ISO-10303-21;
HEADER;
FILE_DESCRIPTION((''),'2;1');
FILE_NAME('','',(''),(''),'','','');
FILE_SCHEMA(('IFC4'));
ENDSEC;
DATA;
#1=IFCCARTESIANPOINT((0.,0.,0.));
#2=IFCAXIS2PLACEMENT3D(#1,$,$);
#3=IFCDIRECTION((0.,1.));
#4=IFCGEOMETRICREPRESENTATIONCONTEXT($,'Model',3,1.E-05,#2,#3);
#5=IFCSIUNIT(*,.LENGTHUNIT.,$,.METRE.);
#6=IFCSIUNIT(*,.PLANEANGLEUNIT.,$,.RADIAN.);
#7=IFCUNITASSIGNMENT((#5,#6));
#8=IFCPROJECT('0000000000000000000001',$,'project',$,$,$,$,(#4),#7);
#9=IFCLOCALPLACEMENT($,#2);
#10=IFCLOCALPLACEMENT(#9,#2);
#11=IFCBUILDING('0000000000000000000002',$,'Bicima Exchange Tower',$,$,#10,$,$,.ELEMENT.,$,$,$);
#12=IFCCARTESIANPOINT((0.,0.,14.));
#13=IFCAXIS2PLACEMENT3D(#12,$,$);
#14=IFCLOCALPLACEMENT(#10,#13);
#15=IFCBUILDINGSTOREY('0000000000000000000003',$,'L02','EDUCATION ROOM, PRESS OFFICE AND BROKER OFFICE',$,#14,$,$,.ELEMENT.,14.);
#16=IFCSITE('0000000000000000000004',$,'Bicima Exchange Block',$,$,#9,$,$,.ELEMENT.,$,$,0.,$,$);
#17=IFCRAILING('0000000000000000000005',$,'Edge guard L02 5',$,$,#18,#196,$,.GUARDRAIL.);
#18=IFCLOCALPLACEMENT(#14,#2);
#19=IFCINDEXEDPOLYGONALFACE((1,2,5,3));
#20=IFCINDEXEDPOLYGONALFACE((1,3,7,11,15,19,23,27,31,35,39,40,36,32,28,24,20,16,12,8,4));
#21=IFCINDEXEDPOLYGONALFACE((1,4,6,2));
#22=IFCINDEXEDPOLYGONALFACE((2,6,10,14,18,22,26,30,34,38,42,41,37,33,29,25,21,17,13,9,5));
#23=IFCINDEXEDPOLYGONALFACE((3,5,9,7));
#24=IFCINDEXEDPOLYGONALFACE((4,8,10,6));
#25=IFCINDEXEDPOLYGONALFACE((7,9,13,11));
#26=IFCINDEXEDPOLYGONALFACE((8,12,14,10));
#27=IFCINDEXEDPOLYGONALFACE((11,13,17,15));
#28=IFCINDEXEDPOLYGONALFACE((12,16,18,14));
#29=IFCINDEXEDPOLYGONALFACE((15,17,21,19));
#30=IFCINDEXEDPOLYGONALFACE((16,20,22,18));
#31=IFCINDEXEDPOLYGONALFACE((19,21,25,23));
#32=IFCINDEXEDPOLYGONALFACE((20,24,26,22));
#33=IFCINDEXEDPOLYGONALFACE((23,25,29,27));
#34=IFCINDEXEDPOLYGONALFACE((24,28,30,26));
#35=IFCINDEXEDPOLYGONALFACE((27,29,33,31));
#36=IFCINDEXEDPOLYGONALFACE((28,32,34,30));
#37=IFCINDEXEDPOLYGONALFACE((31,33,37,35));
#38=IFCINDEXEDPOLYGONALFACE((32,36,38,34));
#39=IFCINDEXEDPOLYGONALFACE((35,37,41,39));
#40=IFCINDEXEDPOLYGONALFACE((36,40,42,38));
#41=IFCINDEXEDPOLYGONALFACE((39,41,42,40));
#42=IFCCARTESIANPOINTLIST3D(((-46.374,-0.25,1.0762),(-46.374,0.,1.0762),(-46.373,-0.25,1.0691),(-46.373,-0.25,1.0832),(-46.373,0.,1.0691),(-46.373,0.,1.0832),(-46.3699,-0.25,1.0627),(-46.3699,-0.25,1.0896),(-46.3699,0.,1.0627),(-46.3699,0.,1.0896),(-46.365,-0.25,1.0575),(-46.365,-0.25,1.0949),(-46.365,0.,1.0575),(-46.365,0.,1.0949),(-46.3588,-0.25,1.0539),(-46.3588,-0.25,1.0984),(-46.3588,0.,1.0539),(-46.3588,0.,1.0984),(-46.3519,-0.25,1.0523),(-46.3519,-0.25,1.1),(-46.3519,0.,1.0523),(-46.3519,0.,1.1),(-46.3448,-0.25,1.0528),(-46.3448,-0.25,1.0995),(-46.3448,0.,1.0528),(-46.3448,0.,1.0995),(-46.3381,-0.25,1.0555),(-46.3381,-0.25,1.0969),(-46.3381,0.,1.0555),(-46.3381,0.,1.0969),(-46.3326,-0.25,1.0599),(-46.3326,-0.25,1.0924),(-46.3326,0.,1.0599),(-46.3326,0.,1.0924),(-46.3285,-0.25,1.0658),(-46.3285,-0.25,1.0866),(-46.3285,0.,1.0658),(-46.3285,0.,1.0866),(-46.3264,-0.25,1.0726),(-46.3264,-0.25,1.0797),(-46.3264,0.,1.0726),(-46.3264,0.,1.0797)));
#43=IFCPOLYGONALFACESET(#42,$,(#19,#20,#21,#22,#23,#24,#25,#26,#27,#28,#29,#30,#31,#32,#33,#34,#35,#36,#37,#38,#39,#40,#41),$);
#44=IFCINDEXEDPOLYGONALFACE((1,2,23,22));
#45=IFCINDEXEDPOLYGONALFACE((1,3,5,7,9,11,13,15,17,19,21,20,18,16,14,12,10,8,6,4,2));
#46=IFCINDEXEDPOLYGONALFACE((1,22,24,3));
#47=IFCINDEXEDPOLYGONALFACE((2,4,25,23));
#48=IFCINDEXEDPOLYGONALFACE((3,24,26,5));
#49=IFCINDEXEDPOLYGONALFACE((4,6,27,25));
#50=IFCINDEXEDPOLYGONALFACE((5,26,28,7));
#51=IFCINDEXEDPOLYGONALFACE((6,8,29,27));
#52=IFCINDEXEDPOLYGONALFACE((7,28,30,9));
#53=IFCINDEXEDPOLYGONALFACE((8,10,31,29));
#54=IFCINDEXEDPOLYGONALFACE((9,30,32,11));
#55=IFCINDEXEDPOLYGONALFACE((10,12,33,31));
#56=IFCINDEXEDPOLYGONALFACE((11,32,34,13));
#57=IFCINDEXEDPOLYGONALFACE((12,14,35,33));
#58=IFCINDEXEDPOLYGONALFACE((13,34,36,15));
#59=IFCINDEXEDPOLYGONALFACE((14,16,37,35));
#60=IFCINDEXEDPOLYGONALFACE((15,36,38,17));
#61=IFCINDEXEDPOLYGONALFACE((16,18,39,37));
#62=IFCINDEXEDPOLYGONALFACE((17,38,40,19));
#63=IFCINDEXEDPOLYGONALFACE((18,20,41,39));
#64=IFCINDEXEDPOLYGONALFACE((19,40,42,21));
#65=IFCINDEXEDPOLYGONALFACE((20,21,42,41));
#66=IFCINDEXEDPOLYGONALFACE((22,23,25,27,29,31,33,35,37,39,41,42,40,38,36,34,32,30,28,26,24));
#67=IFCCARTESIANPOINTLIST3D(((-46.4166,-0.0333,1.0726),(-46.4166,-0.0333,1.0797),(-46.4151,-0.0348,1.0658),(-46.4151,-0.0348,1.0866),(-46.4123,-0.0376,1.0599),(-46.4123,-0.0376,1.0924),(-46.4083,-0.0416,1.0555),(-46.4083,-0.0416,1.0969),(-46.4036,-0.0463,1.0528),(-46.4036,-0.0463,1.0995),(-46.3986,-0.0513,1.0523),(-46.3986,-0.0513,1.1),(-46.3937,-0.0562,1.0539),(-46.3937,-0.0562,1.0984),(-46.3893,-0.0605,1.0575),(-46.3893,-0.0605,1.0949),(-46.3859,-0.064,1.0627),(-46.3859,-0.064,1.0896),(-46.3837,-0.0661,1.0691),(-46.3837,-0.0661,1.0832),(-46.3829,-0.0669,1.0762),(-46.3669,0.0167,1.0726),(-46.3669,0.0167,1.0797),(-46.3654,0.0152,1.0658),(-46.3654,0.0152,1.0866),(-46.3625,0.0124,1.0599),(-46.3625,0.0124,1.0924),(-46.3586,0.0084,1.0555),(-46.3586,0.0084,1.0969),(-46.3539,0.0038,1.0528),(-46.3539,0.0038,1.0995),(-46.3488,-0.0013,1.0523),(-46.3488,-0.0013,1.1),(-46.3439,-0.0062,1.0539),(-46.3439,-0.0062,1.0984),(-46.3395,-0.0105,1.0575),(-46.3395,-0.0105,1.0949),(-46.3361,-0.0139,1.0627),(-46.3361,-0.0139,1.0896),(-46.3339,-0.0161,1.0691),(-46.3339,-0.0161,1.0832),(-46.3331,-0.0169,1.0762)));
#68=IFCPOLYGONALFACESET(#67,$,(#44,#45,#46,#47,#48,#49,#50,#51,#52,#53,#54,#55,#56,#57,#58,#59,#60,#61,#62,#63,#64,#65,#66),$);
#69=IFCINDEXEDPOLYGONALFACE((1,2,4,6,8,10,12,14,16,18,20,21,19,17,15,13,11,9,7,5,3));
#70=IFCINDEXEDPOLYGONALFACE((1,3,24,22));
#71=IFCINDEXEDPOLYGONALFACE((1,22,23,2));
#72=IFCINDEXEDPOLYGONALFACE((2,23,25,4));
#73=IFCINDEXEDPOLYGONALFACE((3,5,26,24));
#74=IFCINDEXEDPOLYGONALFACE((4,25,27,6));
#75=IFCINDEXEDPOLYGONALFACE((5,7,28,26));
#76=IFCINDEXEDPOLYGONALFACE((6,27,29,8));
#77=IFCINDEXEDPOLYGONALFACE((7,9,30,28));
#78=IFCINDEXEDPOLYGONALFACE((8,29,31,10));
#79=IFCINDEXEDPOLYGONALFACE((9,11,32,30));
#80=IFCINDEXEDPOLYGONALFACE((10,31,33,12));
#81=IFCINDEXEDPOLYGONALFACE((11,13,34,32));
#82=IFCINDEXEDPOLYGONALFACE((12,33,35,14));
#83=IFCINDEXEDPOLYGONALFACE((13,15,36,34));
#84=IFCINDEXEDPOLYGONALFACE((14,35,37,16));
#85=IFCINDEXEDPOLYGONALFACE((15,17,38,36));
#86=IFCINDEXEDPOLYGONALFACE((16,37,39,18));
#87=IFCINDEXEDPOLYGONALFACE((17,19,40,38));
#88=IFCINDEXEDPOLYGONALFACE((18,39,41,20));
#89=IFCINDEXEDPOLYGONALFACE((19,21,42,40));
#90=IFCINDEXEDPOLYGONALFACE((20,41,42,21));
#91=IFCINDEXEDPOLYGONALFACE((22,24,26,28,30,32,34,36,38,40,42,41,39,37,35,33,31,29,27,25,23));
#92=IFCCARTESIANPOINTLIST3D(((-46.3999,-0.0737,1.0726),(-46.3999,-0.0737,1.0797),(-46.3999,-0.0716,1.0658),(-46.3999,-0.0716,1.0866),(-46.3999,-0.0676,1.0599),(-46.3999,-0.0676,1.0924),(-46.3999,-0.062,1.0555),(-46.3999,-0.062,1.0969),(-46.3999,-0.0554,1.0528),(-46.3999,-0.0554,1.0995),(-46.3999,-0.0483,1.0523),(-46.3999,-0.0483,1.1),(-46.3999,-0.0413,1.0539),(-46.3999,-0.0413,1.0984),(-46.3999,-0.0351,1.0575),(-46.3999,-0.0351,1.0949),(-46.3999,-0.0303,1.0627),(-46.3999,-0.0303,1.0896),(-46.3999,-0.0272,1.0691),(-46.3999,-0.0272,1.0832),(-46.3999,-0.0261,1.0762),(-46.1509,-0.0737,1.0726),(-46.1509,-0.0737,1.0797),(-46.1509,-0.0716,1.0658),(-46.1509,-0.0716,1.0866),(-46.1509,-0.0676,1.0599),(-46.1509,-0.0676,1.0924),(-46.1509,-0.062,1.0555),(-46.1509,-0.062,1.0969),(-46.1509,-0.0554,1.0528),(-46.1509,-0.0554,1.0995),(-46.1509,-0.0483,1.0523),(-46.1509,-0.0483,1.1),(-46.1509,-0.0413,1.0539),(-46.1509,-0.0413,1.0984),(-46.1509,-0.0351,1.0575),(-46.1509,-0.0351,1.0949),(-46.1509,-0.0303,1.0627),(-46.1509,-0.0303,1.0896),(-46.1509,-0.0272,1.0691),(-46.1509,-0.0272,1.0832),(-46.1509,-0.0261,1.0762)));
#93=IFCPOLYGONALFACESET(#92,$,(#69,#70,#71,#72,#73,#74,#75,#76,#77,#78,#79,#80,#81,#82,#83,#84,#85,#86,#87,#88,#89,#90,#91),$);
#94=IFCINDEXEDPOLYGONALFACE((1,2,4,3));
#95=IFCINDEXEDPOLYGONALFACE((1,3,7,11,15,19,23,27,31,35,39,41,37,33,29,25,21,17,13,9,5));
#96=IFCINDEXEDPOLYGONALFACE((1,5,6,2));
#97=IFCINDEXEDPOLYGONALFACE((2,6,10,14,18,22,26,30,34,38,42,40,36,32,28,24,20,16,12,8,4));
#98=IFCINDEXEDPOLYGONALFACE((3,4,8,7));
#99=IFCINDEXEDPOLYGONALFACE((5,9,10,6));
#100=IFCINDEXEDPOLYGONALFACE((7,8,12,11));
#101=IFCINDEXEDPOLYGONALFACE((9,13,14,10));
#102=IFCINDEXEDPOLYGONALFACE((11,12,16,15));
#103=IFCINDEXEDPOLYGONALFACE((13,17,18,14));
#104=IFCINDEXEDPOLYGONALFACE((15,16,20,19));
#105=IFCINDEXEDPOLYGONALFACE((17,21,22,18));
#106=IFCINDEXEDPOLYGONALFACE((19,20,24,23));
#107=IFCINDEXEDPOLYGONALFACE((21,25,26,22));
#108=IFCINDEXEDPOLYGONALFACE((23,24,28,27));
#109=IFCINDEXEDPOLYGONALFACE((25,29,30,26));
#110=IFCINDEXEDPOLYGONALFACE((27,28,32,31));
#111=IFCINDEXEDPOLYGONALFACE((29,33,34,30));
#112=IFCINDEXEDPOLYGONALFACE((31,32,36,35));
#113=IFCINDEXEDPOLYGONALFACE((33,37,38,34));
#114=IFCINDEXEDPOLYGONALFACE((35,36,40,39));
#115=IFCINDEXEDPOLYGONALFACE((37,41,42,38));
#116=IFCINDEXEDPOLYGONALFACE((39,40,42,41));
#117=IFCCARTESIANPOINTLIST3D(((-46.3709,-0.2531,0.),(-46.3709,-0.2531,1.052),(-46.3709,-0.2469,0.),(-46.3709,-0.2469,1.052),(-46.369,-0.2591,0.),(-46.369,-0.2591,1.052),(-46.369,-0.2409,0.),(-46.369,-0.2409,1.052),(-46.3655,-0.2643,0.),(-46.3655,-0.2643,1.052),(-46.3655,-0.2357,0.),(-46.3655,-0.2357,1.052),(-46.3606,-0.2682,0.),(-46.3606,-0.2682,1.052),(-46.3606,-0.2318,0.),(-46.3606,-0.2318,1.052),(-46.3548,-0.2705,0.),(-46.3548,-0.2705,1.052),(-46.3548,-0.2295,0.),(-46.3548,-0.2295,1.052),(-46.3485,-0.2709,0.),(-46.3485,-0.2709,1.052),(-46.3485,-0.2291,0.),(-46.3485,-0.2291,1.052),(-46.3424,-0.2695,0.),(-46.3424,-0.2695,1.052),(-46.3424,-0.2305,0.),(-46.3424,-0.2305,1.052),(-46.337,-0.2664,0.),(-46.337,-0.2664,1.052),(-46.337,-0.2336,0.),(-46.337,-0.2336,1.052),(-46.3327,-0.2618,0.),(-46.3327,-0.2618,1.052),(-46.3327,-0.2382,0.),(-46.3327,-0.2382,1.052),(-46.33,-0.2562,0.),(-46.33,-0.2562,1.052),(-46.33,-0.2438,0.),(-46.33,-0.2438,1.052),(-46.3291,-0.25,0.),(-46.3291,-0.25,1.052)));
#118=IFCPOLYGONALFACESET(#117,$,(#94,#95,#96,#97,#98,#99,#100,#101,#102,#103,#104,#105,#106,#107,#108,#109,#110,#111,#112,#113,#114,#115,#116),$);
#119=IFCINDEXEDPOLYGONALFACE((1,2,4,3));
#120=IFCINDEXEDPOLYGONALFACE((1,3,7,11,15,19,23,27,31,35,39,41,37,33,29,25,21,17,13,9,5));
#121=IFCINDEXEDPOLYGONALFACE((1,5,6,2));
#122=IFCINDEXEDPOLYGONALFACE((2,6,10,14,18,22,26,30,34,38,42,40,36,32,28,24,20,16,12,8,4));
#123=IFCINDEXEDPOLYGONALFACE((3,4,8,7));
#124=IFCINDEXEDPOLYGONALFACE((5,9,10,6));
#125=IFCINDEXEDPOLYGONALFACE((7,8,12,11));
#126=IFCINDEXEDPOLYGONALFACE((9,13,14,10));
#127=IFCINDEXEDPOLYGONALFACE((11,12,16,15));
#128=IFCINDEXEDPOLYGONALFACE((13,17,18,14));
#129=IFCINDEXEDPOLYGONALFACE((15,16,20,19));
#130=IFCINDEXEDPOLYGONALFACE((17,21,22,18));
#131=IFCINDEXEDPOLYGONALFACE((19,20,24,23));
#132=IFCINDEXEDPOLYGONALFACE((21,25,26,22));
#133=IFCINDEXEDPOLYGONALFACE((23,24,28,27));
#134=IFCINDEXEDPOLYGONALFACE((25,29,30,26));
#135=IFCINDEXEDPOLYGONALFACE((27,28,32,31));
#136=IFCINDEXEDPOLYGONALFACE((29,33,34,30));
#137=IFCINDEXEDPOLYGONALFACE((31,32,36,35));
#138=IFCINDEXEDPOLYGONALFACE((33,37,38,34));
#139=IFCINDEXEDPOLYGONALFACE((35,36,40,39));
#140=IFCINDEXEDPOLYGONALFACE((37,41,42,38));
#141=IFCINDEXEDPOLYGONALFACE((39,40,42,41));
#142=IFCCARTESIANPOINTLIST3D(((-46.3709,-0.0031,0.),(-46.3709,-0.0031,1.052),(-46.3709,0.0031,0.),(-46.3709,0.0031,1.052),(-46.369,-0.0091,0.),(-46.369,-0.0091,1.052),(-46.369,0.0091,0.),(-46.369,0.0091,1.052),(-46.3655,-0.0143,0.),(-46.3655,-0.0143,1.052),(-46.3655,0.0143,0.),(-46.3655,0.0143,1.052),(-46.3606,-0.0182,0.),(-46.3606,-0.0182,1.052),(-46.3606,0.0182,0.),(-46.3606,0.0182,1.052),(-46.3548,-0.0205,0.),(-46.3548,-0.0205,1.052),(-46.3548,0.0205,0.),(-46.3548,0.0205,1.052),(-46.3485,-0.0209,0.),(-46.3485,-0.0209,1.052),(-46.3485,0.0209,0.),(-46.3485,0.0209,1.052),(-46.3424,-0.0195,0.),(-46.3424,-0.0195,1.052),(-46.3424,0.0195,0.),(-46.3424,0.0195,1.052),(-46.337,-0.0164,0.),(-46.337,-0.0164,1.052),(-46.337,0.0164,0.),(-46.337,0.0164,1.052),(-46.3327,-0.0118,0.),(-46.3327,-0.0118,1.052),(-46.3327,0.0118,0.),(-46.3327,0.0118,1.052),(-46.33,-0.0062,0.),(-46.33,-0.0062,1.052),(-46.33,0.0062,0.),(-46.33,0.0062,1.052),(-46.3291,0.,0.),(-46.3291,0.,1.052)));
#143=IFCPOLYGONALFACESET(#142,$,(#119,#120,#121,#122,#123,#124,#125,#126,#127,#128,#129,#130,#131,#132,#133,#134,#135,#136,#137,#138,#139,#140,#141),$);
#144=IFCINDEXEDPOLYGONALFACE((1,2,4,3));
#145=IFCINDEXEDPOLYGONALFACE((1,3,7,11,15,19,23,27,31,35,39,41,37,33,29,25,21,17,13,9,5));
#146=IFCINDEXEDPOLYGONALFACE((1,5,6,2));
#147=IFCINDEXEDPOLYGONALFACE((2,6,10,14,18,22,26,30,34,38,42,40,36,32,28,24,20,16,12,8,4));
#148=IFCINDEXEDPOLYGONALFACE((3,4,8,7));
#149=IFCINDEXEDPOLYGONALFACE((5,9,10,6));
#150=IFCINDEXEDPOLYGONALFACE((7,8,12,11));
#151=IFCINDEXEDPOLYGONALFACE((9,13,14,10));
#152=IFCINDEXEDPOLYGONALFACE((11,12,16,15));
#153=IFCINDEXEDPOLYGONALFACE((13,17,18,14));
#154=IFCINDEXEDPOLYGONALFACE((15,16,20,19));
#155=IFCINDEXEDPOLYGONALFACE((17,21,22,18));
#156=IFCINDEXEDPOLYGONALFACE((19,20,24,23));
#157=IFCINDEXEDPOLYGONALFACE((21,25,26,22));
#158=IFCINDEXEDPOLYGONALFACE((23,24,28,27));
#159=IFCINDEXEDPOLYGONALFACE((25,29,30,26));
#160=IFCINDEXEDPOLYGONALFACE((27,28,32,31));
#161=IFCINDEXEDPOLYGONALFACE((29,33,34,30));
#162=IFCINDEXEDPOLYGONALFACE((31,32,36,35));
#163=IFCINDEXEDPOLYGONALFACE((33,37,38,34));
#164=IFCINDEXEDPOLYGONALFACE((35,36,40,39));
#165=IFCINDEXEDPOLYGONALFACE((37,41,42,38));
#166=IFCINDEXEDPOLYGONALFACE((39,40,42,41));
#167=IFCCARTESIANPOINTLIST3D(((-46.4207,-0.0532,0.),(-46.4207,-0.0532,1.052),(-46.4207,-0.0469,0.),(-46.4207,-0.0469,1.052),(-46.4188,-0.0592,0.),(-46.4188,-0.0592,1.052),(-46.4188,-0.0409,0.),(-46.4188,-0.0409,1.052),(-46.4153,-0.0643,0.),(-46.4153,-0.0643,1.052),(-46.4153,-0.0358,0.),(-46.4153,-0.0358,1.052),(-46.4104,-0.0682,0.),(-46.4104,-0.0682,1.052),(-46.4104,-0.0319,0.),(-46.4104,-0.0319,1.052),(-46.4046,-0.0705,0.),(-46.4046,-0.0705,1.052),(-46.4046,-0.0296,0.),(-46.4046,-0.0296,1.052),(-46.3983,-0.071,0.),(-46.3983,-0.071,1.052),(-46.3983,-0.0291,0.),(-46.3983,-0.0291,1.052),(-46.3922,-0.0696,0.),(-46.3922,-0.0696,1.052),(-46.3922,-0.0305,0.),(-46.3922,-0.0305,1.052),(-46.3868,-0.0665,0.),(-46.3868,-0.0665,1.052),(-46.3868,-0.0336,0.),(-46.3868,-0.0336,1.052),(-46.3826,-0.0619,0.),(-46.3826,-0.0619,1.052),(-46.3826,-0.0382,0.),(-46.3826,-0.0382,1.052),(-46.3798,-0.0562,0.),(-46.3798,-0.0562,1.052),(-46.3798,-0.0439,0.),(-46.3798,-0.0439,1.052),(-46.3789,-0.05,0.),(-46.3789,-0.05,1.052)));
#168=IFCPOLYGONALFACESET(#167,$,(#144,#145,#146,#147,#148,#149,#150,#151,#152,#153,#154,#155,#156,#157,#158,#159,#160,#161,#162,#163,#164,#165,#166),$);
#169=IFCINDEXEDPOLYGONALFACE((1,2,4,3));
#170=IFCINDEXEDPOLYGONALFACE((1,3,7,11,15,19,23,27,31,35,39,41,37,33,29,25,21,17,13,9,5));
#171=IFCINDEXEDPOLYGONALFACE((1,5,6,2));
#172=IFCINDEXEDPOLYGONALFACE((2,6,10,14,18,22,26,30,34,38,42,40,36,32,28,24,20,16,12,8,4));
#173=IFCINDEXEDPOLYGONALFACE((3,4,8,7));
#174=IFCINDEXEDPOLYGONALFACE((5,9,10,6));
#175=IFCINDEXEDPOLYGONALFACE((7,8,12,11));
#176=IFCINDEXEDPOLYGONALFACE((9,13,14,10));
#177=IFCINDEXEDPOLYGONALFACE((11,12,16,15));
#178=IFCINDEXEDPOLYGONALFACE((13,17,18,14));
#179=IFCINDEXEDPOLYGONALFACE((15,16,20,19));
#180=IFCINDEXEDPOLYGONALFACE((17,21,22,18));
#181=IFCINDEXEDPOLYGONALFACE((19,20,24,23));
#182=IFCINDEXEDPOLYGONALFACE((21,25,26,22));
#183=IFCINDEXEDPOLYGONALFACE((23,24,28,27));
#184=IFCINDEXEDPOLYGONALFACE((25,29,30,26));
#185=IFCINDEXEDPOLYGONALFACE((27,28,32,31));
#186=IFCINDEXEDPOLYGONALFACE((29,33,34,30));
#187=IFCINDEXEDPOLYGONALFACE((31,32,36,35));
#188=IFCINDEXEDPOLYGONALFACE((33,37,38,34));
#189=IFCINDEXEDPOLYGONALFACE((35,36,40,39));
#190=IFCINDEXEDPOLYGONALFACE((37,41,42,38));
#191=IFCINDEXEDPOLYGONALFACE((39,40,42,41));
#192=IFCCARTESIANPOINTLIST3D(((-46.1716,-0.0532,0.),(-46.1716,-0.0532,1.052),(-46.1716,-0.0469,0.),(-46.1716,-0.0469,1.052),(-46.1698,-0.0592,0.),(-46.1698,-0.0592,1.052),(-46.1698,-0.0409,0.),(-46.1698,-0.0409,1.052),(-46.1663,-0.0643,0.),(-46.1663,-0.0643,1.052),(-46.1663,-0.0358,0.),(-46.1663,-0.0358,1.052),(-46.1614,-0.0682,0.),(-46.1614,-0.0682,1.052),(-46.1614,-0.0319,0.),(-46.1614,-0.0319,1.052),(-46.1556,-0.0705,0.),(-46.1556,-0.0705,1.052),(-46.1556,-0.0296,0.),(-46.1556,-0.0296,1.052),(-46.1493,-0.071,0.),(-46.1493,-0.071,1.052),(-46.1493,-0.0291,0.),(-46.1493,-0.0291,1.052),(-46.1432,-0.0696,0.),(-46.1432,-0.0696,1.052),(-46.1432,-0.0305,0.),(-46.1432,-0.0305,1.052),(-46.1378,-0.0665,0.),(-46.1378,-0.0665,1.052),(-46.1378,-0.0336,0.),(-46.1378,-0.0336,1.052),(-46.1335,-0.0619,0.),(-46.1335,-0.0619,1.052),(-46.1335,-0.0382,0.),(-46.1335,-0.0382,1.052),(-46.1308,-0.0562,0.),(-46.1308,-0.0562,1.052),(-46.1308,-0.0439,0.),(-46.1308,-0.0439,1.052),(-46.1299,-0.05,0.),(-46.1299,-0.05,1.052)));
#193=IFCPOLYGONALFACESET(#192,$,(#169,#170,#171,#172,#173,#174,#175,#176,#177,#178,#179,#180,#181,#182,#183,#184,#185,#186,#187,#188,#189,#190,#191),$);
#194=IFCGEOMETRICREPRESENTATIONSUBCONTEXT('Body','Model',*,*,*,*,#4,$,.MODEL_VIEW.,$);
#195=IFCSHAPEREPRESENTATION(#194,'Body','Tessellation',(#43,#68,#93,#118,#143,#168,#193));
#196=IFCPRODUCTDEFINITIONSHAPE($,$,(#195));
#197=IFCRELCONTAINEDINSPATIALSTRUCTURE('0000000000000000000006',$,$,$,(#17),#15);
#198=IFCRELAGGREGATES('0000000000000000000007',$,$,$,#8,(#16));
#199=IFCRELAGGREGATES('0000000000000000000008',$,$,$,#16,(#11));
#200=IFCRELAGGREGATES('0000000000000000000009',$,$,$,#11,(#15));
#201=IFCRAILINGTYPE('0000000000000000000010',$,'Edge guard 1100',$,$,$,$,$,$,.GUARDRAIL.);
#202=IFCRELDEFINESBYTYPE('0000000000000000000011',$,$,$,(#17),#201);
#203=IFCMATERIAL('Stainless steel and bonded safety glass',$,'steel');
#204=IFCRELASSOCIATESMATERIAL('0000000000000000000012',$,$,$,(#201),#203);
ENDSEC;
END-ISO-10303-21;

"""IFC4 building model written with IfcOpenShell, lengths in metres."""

from ifc_helpers import new_model, si_unit, direction, frame, origin, origin_2d, place, context, subcontext, project, spatial, circle, extrude, material, type_object, element, save


model = new_model("IFC4")

# Units and contexts
model_context = context("Model", 3, precision=1e-05, world=origin(), true_north=direction((0.0, 1.0)))
body_context = subcontext(model_context, "Body", "Model", "MODEL_VIEW")
ifc_project = project(units=[si_unit("LENGTHUNIT", "METRE"), si_unit("PLANEANGLEUNIT", "RADIAN")], contexts=[model_context])

# Site, building, storey
site_placement = place(None, origin())
site = spatial("IfcSite", under=ifc_project, at=site_placement, Name="Bicima Exchange Block", CompositionType="ELEMENT", RefElevation=0.0)
building_placement = place(site_placement, origin())
building = spatial("IfcBuilding", under=site, at=building_placement, Name="Bicima Exchange Tower", CompositionType="ELEMENT")
storey_placement = place(building_placement, frame((0.0, 0.0, 14.0)))
storey = spatial("IfcBuildingStorey", under=building, at=storey_placement, Name="L02", Description="EDUCATION ROOM, PRESS OFFICE AND BROKER OFFICE", CompositionType="ELEMENT", Elevation=14.0)

# Railing
ifc_material_1 = material(Name="Stainless steel and bonded safety glass", Category="steel")
railing_type = type_object("IfcRailingType", Name="Edge guard 1100", PredefinedType="GUARDRAIL", material=ifc_material_1)
railing_placement = place(storey_placement, frame((-46.3501, -0.25, 0.0)))
element("IfcRailing", 1, at=railing_placement, inside=storey, type_object=railing_type, Name="Edge guard L02 5", PredefinedType="GUARDRAIL", context=body_context, shape_type="SweptSolid", body=[
    extrude(circle(Radius=0.0239, at=origin_2d()), frame((0.0, 0.0, 1.0762), z_axis=(0.0, 1.0, 0.0), x_axis=(-1.0, 0.0, 0.0)), (0.0, 0.0, 1.0), 0.25),
    extrude(circle(Radius=0.0239, at=origin_2d()), frame((0.0, 0.25, 1.0762), z_axis=(-0.705376, -0.708834, 0.0), x_axis=(0.708834, -0.705376, 0.0)), (0.0, 0.0, 1.0), 0.0706),
    extrude(circle(Radius=0.0239, at=origin_2d()), frame((-0.0498, 0.2, 1.0762), z_axis=(1.0, 0.0, 0.0), x_axis=(0.0, 1.0, 0.0)), (0.0, 0.0, 1.0), 0.249),
    extrude(circle(Radius=0.021, at=origin_2d()), origin(), (0.0, 0.0, 1.0), 1.052),
    extrude(circle(Radius=0.021, at=origin_2d()), frame((0.0, 0.25, 0.0)), (0.0, 0.0, 1.0), 1.052),
    extrude(circle(Radius=0.021, at=origin_2d()), frame((-0.0498, 0.2, 0.0)), (0.0, 0.0, 1.0), 1.052),
    extrude(circle(Radius=0.021, at=origin_2d()), frame((0.1992, 0.2, 0.0)), (0.0, 0.0, 1.0), 1.052),
])

save(model, "model.ifc")
